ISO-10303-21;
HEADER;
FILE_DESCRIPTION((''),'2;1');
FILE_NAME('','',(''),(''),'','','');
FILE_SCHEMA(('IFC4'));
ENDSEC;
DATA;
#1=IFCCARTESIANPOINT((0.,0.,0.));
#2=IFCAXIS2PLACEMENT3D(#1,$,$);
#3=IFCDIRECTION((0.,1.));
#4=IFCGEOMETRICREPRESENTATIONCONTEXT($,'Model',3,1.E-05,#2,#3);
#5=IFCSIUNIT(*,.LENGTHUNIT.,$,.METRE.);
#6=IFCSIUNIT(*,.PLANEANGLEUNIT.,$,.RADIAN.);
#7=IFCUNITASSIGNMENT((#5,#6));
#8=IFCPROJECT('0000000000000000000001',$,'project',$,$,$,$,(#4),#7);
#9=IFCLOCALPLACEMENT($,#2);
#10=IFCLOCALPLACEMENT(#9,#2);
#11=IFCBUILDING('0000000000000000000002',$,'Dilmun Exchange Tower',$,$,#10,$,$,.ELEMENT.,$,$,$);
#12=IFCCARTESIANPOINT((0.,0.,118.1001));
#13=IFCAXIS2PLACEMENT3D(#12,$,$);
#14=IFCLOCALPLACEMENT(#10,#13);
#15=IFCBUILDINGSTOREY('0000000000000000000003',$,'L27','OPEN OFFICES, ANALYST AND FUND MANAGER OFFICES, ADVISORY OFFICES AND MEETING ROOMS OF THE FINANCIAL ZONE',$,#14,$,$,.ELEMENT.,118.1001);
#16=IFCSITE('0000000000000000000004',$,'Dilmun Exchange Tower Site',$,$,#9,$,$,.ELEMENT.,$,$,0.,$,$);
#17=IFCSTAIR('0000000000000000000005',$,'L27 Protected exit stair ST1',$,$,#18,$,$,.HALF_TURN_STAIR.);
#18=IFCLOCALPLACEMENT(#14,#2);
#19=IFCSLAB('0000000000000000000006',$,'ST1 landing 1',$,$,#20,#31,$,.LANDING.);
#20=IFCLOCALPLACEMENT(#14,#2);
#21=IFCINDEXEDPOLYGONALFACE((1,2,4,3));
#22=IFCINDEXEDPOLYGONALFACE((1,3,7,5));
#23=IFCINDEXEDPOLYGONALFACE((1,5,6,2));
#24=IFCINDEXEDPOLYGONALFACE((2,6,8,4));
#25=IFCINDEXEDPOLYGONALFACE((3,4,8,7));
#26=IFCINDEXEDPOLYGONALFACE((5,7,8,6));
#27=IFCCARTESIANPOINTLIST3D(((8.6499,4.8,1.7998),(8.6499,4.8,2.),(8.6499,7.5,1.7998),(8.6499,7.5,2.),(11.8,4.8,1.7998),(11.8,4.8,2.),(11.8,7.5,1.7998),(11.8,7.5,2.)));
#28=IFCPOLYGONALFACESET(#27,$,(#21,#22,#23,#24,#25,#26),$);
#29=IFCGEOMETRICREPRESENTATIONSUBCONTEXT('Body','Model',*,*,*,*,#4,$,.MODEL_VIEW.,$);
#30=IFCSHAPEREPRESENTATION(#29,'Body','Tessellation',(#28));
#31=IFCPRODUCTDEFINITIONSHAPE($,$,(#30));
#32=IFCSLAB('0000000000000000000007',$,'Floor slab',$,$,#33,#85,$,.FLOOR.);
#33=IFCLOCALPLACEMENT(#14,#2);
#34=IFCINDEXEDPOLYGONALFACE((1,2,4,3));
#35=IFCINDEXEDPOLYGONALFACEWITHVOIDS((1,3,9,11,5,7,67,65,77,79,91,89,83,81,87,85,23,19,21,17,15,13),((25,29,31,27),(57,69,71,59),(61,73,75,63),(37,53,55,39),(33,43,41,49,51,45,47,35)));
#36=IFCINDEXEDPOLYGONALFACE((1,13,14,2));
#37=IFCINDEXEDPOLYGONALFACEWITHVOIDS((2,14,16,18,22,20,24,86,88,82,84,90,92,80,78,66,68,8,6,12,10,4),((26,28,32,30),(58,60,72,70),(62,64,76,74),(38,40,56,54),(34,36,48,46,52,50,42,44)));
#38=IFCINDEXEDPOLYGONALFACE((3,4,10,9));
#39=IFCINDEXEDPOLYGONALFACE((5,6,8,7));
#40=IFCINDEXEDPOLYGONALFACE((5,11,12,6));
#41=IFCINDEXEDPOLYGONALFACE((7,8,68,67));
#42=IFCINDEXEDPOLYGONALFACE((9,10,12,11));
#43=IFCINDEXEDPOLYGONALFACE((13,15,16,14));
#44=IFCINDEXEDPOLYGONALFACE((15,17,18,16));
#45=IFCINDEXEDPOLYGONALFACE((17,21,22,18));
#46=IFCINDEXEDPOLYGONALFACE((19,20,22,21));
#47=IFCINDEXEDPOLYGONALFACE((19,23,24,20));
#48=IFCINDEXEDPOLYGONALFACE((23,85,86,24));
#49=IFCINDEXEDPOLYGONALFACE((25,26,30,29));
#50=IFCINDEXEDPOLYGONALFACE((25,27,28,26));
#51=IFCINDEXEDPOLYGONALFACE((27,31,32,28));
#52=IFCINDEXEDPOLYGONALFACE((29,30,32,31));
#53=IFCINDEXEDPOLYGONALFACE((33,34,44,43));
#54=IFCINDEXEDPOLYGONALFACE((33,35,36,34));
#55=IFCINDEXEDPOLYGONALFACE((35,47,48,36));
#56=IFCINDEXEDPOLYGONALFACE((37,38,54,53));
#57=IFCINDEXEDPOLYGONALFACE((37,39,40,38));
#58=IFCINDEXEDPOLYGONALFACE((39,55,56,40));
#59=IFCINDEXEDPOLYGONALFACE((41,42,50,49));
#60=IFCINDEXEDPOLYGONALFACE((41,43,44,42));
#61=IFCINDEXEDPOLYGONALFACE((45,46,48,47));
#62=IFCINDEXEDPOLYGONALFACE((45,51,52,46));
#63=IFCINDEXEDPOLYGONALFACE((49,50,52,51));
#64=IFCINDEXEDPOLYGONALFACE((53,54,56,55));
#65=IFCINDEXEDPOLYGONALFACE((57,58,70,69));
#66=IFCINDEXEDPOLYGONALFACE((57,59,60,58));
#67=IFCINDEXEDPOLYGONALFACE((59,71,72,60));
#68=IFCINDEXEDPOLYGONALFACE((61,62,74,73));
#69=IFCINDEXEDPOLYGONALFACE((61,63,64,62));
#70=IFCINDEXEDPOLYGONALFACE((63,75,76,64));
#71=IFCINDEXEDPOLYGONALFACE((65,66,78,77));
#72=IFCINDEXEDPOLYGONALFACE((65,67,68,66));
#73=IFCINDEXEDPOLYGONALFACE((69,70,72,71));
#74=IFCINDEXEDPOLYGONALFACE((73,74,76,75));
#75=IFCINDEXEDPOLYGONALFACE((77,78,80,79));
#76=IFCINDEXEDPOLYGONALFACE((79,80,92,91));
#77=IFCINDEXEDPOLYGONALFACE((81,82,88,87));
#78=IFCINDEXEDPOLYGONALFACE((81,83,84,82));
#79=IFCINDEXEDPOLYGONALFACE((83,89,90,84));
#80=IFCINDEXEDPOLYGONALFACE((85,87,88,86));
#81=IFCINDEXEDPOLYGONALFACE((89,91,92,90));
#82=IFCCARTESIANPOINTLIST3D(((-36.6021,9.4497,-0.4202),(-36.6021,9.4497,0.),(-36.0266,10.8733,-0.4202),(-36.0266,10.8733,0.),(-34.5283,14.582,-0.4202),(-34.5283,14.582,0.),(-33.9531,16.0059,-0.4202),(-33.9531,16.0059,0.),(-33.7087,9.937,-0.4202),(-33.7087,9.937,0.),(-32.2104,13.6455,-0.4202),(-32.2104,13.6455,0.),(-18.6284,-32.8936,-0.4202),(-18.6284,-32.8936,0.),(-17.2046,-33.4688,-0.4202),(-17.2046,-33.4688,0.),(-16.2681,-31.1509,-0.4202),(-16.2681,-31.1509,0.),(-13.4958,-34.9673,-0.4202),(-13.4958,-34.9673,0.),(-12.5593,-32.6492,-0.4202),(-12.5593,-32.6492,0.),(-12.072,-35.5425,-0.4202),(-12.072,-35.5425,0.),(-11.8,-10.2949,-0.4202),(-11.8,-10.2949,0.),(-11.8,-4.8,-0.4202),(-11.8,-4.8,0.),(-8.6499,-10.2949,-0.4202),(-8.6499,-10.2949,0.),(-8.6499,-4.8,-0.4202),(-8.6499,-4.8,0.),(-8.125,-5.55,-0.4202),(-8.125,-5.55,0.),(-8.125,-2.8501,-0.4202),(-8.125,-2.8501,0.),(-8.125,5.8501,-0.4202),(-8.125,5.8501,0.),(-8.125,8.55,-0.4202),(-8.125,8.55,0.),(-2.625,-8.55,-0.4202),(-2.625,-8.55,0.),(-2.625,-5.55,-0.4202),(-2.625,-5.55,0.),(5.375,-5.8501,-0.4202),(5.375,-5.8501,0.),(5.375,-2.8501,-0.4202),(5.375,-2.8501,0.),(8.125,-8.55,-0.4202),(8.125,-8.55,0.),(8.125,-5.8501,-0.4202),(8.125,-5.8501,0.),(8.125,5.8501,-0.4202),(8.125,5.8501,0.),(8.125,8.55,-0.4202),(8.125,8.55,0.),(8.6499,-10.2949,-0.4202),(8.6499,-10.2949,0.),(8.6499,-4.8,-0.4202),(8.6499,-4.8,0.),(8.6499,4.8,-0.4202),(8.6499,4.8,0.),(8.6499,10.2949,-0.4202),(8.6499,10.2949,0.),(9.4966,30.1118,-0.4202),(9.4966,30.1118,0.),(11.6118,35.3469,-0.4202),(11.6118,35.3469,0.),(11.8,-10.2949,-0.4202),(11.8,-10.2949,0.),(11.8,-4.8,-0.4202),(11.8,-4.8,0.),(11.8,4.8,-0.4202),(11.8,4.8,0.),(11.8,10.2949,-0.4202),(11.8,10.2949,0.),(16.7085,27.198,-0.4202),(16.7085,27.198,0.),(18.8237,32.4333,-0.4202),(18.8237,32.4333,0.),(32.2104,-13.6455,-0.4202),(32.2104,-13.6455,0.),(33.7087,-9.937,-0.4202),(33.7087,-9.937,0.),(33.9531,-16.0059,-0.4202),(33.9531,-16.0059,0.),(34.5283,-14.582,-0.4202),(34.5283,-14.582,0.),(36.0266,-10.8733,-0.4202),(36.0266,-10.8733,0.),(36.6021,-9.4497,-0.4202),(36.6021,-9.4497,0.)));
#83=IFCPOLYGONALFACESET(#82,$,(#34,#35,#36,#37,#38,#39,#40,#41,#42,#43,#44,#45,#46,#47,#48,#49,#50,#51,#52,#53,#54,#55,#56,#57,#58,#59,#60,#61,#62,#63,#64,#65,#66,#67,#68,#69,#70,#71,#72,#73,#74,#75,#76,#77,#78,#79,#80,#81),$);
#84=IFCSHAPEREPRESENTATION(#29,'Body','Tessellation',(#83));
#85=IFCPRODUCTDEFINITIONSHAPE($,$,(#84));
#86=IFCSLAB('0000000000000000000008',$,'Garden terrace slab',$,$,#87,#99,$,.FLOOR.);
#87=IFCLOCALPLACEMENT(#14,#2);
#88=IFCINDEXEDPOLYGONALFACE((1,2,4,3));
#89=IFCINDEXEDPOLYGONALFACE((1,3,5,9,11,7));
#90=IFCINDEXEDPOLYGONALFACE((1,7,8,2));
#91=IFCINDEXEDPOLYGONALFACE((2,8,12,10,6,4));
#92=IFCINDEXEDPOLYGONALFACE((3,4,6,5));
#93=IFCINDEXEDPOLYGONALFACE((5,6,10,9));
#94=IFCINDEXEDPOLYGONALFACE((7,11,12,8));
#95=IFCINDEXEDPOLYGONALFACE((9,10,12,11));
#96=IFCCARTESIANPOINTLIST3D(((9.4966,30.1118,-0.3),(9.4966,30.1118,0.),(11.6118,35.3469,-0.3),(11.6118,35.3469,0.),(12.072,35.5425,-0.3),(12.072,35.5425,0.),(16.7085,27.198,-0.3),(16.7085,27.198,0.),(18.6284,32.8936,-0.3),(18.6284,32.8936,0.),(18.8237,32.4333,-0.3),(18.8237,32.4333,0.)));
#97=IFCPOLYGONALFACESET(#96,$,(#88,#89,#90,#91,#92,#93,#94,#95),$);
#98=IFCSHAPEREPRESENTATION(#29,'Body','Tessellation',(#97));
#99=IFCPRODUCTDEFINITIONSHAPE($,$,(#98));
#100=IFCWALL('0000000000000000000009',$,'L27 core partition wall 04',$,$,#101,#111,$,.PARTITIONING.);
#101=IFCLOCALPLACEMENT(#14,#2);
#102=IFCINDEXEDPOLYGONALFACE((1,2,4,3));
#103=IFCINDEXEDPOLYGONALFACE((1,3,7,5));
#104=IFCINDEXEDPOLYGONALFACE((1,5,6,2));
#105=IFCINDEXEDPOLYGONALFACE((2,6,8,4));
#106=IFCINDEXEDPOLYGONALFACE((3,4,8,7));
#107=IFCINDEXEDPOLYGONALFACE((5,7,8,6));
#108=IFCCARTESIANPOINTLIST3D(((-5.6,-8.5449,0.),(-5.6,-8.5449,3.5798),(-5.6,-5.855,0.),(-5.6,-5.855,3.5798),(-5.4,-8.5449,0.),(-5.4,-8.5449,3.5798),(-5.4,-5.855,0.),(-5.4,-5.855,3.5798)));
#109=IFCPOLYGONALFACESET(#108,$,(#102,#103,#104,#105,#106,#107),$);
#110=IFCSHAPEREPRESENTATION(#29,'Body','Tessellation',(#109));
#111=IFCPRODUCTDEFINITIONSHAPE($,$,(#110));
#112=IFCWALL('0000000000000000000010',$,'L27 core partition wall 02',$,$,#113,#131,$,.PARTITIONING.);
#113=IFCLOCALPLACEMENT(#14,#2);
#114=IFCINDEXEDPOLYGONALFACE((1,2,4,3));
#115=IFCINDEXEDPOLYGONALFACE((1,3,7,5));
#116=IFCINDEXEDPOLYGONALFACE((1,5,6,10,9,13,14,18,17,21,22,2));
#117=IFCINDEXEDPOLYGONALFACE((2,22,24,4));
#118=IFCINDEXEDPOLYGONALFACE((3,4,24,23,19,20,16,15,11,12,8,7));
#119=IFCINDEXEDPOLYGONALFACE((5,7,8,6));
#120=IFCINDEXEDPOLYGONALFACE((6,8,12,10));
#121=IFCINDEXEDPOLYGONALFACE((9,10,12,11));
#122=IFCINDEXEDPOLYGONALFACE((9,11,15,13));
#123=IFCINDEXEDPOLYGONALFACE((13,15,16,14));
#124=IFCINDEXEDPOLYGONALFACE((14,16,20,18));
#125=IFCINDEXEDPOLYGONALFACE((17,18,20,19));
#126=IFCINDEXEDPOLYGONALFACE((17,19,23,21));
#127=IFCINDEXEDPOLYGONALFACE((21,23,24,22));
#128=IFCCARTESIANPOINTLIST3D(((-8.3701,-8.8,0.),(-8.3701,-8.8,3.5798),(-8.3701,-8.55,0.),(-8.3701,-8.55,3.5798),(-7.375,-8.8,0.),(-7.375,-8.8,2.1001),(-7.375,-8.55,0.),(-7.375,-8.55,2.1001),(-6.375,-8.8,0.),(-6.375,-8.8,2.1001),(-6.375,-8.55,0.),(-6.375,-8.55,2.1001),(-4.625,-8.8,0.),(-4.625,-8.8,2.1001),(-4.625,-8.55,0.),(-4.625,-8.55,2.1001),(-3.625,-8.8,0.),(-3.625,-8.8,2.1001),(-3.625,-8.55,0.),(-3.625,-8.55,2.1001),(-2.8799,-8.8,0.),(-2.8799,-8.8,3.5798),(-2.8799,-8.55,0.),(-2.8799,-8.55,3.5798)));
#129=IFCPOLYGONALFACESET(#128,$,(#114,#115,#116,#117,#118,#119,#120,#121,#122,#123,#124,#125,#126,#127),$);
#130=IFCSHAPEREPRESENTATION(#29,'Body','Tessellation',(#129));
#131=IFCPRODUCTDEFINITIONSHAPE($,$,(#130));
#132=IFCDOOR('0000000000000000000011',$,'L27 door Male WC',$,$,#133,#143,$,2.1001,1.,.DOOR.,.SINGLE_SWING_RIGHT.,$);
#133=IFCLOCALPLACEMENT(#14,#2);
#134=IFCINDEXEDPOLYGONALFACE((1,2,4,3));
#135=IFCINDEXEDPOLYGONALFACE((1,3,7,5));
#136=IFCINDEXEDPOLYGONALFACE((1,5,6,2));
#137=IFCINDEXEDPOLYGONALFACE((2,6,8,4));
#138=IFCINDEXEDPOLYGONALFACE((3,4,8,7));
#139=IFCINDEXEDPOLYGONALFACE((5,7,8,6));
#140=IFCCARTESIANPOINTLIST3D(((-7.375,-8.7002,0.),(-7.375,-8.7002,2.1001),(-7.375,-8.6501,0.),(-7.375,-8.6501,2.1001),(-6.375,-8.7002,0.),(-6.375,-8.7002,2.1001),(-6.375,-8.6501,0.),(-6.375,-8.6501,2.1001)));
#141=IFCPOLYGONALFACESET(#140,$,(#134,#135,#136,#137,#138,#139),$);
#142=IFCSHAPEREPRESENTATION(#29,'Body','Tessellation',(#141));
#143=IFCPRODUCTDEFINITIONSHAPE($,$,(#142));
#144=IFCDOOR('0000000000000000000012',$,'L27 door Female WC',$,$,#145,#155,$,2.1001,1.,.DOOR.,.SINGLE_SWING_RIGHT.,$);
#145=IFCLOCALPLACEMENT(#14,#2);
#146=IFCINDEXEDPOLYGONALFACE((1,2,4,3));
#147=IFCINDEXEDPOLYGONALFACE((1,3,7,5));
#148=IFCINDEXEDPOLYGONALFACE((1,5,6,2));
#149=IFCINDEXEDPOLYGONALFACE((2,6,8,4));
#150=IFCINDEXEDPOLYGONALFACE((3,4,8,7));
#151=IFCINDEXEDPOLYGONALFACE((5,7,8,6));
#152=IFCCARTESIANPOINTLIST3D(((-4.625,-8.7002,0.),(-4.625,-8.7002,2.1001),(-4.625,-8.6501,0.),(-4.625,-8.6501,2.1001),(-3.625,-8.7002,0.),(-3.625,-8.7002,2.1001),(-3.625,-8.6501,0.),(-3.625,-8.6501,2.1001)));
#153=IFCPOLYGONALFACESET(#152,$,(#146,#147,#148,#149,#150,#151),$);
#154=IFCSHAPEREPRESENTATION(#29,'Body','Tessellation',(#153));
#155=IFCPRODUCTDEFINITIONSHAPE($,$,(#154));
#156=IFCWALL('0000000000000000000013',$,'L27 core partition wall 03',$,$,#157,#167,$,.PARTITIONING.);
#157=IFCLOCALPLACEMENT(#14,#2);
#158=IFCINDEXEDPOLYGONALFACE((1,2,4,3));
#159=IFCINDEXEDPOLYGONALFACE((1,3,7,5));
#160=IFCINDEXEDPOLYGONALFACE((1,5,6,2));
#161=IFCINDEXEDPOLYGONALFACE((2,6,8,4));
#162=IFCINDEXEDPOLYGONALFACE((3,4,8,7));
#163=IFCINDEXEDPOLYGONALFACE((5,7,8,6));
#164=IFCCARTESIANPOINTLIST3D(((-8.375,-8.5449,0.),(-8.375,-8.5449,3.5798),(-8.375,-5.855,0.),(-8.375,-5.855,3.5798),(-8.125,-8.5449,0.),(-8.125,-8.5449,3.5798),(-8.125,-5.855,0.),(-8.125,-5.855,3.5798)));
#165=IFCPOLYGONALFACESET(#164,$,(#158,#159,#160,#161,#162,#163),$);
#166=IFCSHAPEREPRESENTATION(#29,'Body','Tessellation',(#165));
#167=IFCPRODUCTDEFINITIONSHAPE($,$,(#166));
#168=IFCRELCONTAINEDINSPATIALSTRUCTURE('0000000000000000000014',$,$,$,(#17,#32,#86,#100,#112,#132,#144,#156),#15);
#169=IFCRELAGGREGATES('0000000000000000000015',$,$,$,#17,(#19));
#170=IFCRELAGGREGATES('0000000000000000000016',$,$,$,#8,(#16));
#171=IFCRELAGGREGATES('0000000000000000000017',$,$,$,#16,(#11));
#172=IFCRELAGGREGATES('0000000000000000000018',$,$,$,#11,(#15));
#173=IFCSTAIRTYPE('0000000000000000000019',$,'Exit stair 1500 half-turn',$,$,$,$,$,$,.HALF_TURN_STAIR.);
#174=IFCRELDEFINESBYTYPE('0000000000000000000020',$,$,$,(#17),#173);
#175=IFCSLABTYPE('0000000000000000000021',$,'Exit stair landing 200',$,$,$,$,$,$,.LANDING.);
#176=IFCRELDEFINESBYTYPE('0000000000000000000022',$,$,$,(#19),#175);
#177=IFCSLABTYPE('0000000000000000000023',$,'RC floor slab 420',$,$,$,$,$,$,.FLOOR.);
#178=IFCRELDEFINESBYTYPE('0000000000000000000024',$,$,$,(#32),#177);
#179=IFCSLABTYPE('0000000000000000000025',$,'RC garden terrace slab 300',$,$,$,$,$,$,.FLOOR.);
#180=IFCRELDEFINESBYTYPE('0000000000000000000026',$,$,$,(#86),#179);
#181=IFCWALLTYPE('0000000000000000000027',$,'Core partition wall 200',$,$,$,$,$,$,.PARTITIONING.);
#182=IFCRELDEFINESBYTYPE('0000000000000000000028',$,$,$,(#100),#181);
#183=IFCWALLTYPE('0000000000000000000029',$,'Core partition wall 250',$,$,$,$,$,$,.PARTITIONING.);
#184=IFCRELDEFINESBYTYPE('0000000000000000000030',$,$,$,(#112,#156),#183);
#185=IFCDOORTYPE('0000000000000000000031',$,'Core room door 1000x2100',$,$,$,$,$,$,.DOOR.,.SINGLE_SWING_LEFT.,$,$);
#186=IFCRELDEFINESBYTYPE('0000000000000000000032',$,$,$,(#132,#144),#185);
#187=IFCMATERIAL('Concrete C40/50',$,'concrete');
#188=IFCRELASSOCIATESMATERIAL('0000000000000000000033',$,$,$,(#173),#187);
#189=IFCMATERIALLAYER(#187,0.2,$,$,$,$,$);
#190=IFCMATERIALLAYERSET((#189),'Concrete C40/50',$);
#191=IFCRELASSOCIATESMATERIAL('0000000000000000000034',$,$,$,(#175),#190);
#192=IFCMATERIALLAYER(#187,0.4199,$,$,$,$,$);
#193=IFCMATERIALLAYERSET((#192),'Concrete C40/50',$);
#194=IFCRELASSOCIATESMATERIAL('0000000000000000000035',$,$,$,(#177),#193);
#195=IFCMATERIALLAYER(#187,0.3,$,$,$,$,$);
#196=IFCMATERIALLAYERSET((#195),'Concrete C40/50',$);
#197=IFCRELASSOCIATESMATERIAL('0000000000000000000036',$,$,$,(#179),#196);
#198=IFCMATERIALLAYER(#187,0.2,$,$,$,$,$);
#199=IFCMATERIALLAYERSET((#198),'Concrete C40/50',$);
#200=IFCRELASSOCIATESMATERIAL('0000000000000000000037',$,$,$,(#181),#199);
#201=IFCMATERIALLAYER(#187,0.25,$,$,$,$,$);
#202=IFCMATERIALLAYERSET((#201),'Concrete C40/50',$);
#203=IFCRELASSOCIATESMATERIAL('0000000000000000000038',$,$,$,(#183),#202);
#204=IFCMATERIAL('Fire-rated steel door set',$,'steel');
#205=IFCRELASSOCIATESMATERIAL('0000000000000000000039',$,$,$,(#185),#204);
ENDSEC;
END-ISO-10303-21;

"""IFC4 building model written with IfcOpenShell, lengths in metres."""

from ifc_helpers import new_model, si_unit, direction, frame, frame_2d, origin, place, context, subcontext, project, spatial, polyline, rectangle, outline, extrude, material, layer, layer_set, type_object, element, fill, aggregate, save


model = new_model("IFC4")

# Units and contexts
model_context = context("Model", 3, precision=1e-05, world=origin(), true_north=direction((0.0, 1.0)))
body_context = subcontext(model_context, "Body", "Model", "MODEL_VIEW")
ifc_project = project(units=[si_unit("LENGTHUNIT", "METRE"), si_unit("PLANEANGLEUNIT", "RADIAN")], contexts=[model_context])

# Site, building, storey
site_placement = place(None, origin())
site = spatial("IfcSite", under=ifc_project, at=site_placement, Name="Dilmun Exchange Tower Site", CompositionType="ELEMENT", RefElevation=0.0)
building_placement = place(site_placement, origin())
building = spatial("IfcBuilding", under=site, at=building_placement, Name="Dilmun Exchange Tower", CompositionType="ELEMENT")
storey_placement = place(building_placement, frame((0.0, 0.0, 118.1001)))
storey = spatial("IfcBuildingStorey", under=building, at=storey_placement, Name="L27", Description="OPEN OFFICES, ANALYST AND FUND MANAGER OFFICES, ADVISORY OFFICES AND MEETING ROOMS OF THE FINANCIAL ZONE", CompositionType="ELEMENT", Elevation=118.1001)

# Stair, slab
ifc_material_1 = material(Name="Concrete C40/50", Category="concrete")
stair_type = type_object("IfcStairType", Name="Exit stair 1500 half-turn", PredefinedType="HALF_TURN_STAIR", material=ifc_material_1)
stair_placement = place(storey_placement, origin())
stair = element("IfcStair", 1, at=stair_placement, inside=storey, type_object=stair_type, Name="L27 Protected exit stair ST1", PredefinedType="HALF_TURN_STAIR")
ifc_layer_1 = layer(ifc_material_1, 0.2)
ifc_layer_set_1 = layer_set([ifc_layer_1], Name="Concrete C40/50")
slab_type_1 = type_object("IfcSlabType", Name="Exit stair landing 200", PredefinedType="LANDING", material=ifc_layer_set_1)
slab_1_placement = place(storey_placement, frame((0.0, 0.0, 1.7998)))
slab_1 = element("IfcSlab", 2, at=slab_1_placement, type_object=slab_type_1, Name="ST1 landing 1", PredefinedType="LANDING", context=body_context, shape_type="SweptSolid", body=[
    extrude(outline(polyline([(8.6499, 7.5), (8.6499, 4.8), (11.8, 4.8), (11.8, 7.5), (8.6499, 7.5)])), origin(), (0.0, 0.0, 1.0), 0.2002),
])
aggregate(stair, [slab_1])

# Slabs
ifc_layer_2 = layer(ifc_material_1, 0.4199)
ifc_layer_set_2 = layer_set([ifc_layer_2], Name="Concrete C40/50")
slab_type_2 = type_object("IfcSlabType", Name="RC floor slab 420", PredefinedType="FLOOR", material=ifc_layer_set_2)
slab_2_placement = place(storey_placement, frame((0.0, 0.0, -0.4202)))
element("IfcSlab", 3, at=slab_2_placement, inside=storey, type_object=slab_type_2, Name="Floor slab", PredefinedType="FLOOR", context=body_context, shape_type="SweptSolid", body=[
    extrude(outline(polyline([(36.0266, -10.8733), (33.7087, -9.937), (32.2104, -13.6455), (34.5283, -14.582), (33.9531, -16.0059), (-12.072, -35.5425), (-13.4958, -34.9673), (-12.5593, -32.6492), (-16.2681, -31.1509), (-17.2046, -33.4688), (-18.6284, -32.8936), (-36.6021, 9.4497), (-36.0266, 10.8733), (-33.7087, 9.937), (-32.2104, 13.6455), (-34.5283, 14.582), (-33.9531, 16.0059), (11.6118, 35.3469), (9.4966, 30.1118), (16.7085, 27.198), (18.8237, 32.4333), (36.6021, -9.4497), (36.0266, -10.8733)]), holes=[polyline([(-8.6499, -4.8), (-11.8, -4.8), (-11.8, -10.2949), (-8.6499, -10.2949), (-8.6499, -4.8)]), polyline([(11.8, -4.8), (8.6499, -4.8), (8.6499, -10.2949), (11.8, -10.2949), (11.8, -4.8)]), polyline([(-8.125, -2.8501), (-8.125, -5.55), (-2.625, -5.55), (-2.625, -8.55), (8.125, -8.55), (8.125, -5.8501), (5.375, -5.8501), (5.375, -2.8501), (-8.125, -2.8501)]), polyline([(-8.125, 5.8501), (8.125, 5.8501), (8.125, 8.55), (-8.125, 8.55), (-8.125, 5.8501)]), polyline([(8.6499, 10.2949), (8.6499, 4.8), (11.8, 4.8), (11.8, 10.2949), (8.6499, 10.2949)])]), origin(), (0.0, 0.0, 1.0), 0.4202),
])
ifc_layer_3 = layer(ifc_material_1, 0.3)
ifc_layer_set_3 = layer_set([ifc_layer_3], Name="Concrete C40/50")
slab_type_3 = type_object("IfcSlabType", Name="RC garden terrace slab 300", PredefinedType="FLOOR", material=ifc_layer_set_3)
slab_3_placement = place(storey_placement, frame((0.0, 0.0, -0.3)))
element("IfcSlab", 4, at=slab_3_placement, inside=storey, type_object=slab_type_3, Name="Garden terrace slab", PredefinedType="FLOOR", context=body_context, shape_type="SweptSolid", body=[
    extrude(outline(polyline([(9.4966, 30.1118), (11.6118, 35.3469), (12.072, 35.5425), (18.6284, 32.8936), (18.8237, 32.4333), (16.7085, 27.198), (9.4966, 30.1118)])), origin(), (0.0, 0.0, 1.0), 0.3),
])

# Wall
ifc_layer_4 = layer(ifc_material_1, 0.2)
ifc_layer_set_4 = layer_set([ifc_layer_4], Name="Concrete C40/50")
wall_type_1 = type_object("IfcWallType", Name="Core partition wall 200", PredefinedType="PARTITIONING", material=ifc_layer_set_4)
wall_1_placement = place(storey_placement, frame((-5.5, -8.5449, 0.0), z_axis=(0.0, 0.0, 1.0), x_axis=(0.0, 1.0, 0.0)))
element("IfcWall", 5, at=wall_1_placement, inside=storey, type_object=wall_type_1, Name="L27 core partition wall 04", PredefinedType="PARTITIONING", context=body_context, shape_type="SweptSolid", body=[
    extrude(rectangle(XDim=2.6899, YDim=0.2, at=frame_2d((1.345, 0.0))), origin(), (0.0, 0.0, 1.0), 3.5798),
])

# Wall, openings, doors
ifc_layer_5 = layer(ifc_material_1, 0.25)
ifc_layer_set_5 = layer_set([ifc_layer_5], Name="Concrete C40/50")
wall_type_2 = type_object("IfcWallType", Name="Core partition wall 250", PredefinedType="PARTITIONING", material=ifc_layer_set_5)
wall_2_placement = place(storey_placement, frame((-8.3701, -8.675, 0.0), z_axis=(0.0, 0.0, 1.0), x_axis=(1.0, 0.0, 0.0)))
wall_2 = element("IfcWall", 6, at=wall_2_placement, inside=storey, type_object=wall_type_2, Name="L27 core partition wall 02", PredefinedType="PARTITIONING", context=body_context, shape_type="SweptSolid", body=[
    extrude(rectangle(XDim=5.4902, YDim=0.25, at=frame_2d((2.7451, 0.0))), origin(), (0.0, 0.0, 1.0), 3.5798),
])
opening_1_placement = place(wall_2_placement, frame((0.9951, 0.0, 0.0)))
opening_1 = element("IfcOpeningElement", 7, at=opening_1_placement, cuts=wall_2, PredefinedType="OPENING", context=body_context, shape_type="SweptSolid", body=[
    extrude(rectangle(XDim=1.0, YDim=2.1001, at=frame_2d((0.5, 1.05))), frame((0.0, 0.135, 0.0), z_axis=(0.0, -1.0, 0.0), x_axis=(1.0, 0.0, 0.0)), (0.0, 0.0, 1.0), 0.27),
])
opening_2_placement = place(wall_2_placement, frame((3.7451, 0.0, 0.0)))
opening_2 = element("IfcOpeningElement", 8, at=opening_2_placement, cuts=wall_2, PredefinedType="OPENING", context=body_context, shape_type="SweptSolid", body=[
    extrude(rectangle(XDim=1.0, YDim=2.1001, at=frame_2d((0.5, 1.05))), frame((0.0, 0.135, 0.0), z_axis=(0.0, -1.0, 0.0), x_axis=(1.0, 0.0, 0.0)), (0.0, 0.0, 1.0), 0.27),
])
ifc_material_2 = material(Name="Fire-rated steel door set", Category="steel")
door_type_1 = type_object("IfcDoorType", Name="Core room door 1000x2100", OperationType="SINGLE_SWING_LEFT", PredefinedType="DOOR", material=ifc_material_2)
door_1_placement = place(opening_1_placement, origin())
door_1 = element("IfcDoor", 9, at=door_1_placement, inside=storey, type_object=door_type_1, Name="L27 door Male WC", OperationType="SINGLE_SWING_RIGHT", OverallHeight=2.1001, OverallWidth=1.0, PredefinedType="DOOR", context=body_context, shape_type="SweptSolid", body=[
    extrude(rectangle(XDim=1.0, YDim=2.1001, at=frame_2d((0.5, 1.05))), frame((0.0, 0.0249, 0.0), z_axis=(0.0, -1.0, 0.0), x_axis=(1.0, 0.0, 0.0)), (0.0, 0.0, 1.0), 0.05),
])
fill(opening_1, door_1)
door_2_placement = place(opening_2_placement, origin())
door_2 = element("IfcDoor", 10, at=door_2_placement, inside=storey, type_object=door_type_1, Name="L27 door Female WC", OperationType="SINGLE_SWING_RIGHT", OverallHeight=2.1001, OverallWidth=1.0, PredefinedType="DOOR", context=body_context, shape_type="SweptSolid", body=[
    extrude(rectangle(XDim=1.0, YDim=2.1001, at=frame_2d((0.5, 1.05))), frame((0.0, 0.0249, 0.0), z_axis=(0.0, -1.0, 0.0), x_axis=(1.0, 0.0, 0.0)), (0.0, 0.0, 1.0), 0.05),
])
fill(opening_2, door_2)

# Wall
wall_3_placement = place(storey_placement, frame((-8.25, -8.5449, 0.0), z_axis=(0.0, 0.0, 1.0), x_axis=(0.0, 1.0, 0.0)))
element("IfcWall", 11, at=wall_3_placement, inside=storey, type_object=wall_type_2, Name="L27 core partition wall 03", PredefinedType="PARTITIONING", context=body_context, shape_type="SweptSolid", body=[
    extrude(rectangle(XDim=2.6899, YDim=0.25, at=frame_2d((1.345, 0.0))), origin(), (0.0, 0.0, 1.0), 3.5798),
])

save(model, "model.ifc")
